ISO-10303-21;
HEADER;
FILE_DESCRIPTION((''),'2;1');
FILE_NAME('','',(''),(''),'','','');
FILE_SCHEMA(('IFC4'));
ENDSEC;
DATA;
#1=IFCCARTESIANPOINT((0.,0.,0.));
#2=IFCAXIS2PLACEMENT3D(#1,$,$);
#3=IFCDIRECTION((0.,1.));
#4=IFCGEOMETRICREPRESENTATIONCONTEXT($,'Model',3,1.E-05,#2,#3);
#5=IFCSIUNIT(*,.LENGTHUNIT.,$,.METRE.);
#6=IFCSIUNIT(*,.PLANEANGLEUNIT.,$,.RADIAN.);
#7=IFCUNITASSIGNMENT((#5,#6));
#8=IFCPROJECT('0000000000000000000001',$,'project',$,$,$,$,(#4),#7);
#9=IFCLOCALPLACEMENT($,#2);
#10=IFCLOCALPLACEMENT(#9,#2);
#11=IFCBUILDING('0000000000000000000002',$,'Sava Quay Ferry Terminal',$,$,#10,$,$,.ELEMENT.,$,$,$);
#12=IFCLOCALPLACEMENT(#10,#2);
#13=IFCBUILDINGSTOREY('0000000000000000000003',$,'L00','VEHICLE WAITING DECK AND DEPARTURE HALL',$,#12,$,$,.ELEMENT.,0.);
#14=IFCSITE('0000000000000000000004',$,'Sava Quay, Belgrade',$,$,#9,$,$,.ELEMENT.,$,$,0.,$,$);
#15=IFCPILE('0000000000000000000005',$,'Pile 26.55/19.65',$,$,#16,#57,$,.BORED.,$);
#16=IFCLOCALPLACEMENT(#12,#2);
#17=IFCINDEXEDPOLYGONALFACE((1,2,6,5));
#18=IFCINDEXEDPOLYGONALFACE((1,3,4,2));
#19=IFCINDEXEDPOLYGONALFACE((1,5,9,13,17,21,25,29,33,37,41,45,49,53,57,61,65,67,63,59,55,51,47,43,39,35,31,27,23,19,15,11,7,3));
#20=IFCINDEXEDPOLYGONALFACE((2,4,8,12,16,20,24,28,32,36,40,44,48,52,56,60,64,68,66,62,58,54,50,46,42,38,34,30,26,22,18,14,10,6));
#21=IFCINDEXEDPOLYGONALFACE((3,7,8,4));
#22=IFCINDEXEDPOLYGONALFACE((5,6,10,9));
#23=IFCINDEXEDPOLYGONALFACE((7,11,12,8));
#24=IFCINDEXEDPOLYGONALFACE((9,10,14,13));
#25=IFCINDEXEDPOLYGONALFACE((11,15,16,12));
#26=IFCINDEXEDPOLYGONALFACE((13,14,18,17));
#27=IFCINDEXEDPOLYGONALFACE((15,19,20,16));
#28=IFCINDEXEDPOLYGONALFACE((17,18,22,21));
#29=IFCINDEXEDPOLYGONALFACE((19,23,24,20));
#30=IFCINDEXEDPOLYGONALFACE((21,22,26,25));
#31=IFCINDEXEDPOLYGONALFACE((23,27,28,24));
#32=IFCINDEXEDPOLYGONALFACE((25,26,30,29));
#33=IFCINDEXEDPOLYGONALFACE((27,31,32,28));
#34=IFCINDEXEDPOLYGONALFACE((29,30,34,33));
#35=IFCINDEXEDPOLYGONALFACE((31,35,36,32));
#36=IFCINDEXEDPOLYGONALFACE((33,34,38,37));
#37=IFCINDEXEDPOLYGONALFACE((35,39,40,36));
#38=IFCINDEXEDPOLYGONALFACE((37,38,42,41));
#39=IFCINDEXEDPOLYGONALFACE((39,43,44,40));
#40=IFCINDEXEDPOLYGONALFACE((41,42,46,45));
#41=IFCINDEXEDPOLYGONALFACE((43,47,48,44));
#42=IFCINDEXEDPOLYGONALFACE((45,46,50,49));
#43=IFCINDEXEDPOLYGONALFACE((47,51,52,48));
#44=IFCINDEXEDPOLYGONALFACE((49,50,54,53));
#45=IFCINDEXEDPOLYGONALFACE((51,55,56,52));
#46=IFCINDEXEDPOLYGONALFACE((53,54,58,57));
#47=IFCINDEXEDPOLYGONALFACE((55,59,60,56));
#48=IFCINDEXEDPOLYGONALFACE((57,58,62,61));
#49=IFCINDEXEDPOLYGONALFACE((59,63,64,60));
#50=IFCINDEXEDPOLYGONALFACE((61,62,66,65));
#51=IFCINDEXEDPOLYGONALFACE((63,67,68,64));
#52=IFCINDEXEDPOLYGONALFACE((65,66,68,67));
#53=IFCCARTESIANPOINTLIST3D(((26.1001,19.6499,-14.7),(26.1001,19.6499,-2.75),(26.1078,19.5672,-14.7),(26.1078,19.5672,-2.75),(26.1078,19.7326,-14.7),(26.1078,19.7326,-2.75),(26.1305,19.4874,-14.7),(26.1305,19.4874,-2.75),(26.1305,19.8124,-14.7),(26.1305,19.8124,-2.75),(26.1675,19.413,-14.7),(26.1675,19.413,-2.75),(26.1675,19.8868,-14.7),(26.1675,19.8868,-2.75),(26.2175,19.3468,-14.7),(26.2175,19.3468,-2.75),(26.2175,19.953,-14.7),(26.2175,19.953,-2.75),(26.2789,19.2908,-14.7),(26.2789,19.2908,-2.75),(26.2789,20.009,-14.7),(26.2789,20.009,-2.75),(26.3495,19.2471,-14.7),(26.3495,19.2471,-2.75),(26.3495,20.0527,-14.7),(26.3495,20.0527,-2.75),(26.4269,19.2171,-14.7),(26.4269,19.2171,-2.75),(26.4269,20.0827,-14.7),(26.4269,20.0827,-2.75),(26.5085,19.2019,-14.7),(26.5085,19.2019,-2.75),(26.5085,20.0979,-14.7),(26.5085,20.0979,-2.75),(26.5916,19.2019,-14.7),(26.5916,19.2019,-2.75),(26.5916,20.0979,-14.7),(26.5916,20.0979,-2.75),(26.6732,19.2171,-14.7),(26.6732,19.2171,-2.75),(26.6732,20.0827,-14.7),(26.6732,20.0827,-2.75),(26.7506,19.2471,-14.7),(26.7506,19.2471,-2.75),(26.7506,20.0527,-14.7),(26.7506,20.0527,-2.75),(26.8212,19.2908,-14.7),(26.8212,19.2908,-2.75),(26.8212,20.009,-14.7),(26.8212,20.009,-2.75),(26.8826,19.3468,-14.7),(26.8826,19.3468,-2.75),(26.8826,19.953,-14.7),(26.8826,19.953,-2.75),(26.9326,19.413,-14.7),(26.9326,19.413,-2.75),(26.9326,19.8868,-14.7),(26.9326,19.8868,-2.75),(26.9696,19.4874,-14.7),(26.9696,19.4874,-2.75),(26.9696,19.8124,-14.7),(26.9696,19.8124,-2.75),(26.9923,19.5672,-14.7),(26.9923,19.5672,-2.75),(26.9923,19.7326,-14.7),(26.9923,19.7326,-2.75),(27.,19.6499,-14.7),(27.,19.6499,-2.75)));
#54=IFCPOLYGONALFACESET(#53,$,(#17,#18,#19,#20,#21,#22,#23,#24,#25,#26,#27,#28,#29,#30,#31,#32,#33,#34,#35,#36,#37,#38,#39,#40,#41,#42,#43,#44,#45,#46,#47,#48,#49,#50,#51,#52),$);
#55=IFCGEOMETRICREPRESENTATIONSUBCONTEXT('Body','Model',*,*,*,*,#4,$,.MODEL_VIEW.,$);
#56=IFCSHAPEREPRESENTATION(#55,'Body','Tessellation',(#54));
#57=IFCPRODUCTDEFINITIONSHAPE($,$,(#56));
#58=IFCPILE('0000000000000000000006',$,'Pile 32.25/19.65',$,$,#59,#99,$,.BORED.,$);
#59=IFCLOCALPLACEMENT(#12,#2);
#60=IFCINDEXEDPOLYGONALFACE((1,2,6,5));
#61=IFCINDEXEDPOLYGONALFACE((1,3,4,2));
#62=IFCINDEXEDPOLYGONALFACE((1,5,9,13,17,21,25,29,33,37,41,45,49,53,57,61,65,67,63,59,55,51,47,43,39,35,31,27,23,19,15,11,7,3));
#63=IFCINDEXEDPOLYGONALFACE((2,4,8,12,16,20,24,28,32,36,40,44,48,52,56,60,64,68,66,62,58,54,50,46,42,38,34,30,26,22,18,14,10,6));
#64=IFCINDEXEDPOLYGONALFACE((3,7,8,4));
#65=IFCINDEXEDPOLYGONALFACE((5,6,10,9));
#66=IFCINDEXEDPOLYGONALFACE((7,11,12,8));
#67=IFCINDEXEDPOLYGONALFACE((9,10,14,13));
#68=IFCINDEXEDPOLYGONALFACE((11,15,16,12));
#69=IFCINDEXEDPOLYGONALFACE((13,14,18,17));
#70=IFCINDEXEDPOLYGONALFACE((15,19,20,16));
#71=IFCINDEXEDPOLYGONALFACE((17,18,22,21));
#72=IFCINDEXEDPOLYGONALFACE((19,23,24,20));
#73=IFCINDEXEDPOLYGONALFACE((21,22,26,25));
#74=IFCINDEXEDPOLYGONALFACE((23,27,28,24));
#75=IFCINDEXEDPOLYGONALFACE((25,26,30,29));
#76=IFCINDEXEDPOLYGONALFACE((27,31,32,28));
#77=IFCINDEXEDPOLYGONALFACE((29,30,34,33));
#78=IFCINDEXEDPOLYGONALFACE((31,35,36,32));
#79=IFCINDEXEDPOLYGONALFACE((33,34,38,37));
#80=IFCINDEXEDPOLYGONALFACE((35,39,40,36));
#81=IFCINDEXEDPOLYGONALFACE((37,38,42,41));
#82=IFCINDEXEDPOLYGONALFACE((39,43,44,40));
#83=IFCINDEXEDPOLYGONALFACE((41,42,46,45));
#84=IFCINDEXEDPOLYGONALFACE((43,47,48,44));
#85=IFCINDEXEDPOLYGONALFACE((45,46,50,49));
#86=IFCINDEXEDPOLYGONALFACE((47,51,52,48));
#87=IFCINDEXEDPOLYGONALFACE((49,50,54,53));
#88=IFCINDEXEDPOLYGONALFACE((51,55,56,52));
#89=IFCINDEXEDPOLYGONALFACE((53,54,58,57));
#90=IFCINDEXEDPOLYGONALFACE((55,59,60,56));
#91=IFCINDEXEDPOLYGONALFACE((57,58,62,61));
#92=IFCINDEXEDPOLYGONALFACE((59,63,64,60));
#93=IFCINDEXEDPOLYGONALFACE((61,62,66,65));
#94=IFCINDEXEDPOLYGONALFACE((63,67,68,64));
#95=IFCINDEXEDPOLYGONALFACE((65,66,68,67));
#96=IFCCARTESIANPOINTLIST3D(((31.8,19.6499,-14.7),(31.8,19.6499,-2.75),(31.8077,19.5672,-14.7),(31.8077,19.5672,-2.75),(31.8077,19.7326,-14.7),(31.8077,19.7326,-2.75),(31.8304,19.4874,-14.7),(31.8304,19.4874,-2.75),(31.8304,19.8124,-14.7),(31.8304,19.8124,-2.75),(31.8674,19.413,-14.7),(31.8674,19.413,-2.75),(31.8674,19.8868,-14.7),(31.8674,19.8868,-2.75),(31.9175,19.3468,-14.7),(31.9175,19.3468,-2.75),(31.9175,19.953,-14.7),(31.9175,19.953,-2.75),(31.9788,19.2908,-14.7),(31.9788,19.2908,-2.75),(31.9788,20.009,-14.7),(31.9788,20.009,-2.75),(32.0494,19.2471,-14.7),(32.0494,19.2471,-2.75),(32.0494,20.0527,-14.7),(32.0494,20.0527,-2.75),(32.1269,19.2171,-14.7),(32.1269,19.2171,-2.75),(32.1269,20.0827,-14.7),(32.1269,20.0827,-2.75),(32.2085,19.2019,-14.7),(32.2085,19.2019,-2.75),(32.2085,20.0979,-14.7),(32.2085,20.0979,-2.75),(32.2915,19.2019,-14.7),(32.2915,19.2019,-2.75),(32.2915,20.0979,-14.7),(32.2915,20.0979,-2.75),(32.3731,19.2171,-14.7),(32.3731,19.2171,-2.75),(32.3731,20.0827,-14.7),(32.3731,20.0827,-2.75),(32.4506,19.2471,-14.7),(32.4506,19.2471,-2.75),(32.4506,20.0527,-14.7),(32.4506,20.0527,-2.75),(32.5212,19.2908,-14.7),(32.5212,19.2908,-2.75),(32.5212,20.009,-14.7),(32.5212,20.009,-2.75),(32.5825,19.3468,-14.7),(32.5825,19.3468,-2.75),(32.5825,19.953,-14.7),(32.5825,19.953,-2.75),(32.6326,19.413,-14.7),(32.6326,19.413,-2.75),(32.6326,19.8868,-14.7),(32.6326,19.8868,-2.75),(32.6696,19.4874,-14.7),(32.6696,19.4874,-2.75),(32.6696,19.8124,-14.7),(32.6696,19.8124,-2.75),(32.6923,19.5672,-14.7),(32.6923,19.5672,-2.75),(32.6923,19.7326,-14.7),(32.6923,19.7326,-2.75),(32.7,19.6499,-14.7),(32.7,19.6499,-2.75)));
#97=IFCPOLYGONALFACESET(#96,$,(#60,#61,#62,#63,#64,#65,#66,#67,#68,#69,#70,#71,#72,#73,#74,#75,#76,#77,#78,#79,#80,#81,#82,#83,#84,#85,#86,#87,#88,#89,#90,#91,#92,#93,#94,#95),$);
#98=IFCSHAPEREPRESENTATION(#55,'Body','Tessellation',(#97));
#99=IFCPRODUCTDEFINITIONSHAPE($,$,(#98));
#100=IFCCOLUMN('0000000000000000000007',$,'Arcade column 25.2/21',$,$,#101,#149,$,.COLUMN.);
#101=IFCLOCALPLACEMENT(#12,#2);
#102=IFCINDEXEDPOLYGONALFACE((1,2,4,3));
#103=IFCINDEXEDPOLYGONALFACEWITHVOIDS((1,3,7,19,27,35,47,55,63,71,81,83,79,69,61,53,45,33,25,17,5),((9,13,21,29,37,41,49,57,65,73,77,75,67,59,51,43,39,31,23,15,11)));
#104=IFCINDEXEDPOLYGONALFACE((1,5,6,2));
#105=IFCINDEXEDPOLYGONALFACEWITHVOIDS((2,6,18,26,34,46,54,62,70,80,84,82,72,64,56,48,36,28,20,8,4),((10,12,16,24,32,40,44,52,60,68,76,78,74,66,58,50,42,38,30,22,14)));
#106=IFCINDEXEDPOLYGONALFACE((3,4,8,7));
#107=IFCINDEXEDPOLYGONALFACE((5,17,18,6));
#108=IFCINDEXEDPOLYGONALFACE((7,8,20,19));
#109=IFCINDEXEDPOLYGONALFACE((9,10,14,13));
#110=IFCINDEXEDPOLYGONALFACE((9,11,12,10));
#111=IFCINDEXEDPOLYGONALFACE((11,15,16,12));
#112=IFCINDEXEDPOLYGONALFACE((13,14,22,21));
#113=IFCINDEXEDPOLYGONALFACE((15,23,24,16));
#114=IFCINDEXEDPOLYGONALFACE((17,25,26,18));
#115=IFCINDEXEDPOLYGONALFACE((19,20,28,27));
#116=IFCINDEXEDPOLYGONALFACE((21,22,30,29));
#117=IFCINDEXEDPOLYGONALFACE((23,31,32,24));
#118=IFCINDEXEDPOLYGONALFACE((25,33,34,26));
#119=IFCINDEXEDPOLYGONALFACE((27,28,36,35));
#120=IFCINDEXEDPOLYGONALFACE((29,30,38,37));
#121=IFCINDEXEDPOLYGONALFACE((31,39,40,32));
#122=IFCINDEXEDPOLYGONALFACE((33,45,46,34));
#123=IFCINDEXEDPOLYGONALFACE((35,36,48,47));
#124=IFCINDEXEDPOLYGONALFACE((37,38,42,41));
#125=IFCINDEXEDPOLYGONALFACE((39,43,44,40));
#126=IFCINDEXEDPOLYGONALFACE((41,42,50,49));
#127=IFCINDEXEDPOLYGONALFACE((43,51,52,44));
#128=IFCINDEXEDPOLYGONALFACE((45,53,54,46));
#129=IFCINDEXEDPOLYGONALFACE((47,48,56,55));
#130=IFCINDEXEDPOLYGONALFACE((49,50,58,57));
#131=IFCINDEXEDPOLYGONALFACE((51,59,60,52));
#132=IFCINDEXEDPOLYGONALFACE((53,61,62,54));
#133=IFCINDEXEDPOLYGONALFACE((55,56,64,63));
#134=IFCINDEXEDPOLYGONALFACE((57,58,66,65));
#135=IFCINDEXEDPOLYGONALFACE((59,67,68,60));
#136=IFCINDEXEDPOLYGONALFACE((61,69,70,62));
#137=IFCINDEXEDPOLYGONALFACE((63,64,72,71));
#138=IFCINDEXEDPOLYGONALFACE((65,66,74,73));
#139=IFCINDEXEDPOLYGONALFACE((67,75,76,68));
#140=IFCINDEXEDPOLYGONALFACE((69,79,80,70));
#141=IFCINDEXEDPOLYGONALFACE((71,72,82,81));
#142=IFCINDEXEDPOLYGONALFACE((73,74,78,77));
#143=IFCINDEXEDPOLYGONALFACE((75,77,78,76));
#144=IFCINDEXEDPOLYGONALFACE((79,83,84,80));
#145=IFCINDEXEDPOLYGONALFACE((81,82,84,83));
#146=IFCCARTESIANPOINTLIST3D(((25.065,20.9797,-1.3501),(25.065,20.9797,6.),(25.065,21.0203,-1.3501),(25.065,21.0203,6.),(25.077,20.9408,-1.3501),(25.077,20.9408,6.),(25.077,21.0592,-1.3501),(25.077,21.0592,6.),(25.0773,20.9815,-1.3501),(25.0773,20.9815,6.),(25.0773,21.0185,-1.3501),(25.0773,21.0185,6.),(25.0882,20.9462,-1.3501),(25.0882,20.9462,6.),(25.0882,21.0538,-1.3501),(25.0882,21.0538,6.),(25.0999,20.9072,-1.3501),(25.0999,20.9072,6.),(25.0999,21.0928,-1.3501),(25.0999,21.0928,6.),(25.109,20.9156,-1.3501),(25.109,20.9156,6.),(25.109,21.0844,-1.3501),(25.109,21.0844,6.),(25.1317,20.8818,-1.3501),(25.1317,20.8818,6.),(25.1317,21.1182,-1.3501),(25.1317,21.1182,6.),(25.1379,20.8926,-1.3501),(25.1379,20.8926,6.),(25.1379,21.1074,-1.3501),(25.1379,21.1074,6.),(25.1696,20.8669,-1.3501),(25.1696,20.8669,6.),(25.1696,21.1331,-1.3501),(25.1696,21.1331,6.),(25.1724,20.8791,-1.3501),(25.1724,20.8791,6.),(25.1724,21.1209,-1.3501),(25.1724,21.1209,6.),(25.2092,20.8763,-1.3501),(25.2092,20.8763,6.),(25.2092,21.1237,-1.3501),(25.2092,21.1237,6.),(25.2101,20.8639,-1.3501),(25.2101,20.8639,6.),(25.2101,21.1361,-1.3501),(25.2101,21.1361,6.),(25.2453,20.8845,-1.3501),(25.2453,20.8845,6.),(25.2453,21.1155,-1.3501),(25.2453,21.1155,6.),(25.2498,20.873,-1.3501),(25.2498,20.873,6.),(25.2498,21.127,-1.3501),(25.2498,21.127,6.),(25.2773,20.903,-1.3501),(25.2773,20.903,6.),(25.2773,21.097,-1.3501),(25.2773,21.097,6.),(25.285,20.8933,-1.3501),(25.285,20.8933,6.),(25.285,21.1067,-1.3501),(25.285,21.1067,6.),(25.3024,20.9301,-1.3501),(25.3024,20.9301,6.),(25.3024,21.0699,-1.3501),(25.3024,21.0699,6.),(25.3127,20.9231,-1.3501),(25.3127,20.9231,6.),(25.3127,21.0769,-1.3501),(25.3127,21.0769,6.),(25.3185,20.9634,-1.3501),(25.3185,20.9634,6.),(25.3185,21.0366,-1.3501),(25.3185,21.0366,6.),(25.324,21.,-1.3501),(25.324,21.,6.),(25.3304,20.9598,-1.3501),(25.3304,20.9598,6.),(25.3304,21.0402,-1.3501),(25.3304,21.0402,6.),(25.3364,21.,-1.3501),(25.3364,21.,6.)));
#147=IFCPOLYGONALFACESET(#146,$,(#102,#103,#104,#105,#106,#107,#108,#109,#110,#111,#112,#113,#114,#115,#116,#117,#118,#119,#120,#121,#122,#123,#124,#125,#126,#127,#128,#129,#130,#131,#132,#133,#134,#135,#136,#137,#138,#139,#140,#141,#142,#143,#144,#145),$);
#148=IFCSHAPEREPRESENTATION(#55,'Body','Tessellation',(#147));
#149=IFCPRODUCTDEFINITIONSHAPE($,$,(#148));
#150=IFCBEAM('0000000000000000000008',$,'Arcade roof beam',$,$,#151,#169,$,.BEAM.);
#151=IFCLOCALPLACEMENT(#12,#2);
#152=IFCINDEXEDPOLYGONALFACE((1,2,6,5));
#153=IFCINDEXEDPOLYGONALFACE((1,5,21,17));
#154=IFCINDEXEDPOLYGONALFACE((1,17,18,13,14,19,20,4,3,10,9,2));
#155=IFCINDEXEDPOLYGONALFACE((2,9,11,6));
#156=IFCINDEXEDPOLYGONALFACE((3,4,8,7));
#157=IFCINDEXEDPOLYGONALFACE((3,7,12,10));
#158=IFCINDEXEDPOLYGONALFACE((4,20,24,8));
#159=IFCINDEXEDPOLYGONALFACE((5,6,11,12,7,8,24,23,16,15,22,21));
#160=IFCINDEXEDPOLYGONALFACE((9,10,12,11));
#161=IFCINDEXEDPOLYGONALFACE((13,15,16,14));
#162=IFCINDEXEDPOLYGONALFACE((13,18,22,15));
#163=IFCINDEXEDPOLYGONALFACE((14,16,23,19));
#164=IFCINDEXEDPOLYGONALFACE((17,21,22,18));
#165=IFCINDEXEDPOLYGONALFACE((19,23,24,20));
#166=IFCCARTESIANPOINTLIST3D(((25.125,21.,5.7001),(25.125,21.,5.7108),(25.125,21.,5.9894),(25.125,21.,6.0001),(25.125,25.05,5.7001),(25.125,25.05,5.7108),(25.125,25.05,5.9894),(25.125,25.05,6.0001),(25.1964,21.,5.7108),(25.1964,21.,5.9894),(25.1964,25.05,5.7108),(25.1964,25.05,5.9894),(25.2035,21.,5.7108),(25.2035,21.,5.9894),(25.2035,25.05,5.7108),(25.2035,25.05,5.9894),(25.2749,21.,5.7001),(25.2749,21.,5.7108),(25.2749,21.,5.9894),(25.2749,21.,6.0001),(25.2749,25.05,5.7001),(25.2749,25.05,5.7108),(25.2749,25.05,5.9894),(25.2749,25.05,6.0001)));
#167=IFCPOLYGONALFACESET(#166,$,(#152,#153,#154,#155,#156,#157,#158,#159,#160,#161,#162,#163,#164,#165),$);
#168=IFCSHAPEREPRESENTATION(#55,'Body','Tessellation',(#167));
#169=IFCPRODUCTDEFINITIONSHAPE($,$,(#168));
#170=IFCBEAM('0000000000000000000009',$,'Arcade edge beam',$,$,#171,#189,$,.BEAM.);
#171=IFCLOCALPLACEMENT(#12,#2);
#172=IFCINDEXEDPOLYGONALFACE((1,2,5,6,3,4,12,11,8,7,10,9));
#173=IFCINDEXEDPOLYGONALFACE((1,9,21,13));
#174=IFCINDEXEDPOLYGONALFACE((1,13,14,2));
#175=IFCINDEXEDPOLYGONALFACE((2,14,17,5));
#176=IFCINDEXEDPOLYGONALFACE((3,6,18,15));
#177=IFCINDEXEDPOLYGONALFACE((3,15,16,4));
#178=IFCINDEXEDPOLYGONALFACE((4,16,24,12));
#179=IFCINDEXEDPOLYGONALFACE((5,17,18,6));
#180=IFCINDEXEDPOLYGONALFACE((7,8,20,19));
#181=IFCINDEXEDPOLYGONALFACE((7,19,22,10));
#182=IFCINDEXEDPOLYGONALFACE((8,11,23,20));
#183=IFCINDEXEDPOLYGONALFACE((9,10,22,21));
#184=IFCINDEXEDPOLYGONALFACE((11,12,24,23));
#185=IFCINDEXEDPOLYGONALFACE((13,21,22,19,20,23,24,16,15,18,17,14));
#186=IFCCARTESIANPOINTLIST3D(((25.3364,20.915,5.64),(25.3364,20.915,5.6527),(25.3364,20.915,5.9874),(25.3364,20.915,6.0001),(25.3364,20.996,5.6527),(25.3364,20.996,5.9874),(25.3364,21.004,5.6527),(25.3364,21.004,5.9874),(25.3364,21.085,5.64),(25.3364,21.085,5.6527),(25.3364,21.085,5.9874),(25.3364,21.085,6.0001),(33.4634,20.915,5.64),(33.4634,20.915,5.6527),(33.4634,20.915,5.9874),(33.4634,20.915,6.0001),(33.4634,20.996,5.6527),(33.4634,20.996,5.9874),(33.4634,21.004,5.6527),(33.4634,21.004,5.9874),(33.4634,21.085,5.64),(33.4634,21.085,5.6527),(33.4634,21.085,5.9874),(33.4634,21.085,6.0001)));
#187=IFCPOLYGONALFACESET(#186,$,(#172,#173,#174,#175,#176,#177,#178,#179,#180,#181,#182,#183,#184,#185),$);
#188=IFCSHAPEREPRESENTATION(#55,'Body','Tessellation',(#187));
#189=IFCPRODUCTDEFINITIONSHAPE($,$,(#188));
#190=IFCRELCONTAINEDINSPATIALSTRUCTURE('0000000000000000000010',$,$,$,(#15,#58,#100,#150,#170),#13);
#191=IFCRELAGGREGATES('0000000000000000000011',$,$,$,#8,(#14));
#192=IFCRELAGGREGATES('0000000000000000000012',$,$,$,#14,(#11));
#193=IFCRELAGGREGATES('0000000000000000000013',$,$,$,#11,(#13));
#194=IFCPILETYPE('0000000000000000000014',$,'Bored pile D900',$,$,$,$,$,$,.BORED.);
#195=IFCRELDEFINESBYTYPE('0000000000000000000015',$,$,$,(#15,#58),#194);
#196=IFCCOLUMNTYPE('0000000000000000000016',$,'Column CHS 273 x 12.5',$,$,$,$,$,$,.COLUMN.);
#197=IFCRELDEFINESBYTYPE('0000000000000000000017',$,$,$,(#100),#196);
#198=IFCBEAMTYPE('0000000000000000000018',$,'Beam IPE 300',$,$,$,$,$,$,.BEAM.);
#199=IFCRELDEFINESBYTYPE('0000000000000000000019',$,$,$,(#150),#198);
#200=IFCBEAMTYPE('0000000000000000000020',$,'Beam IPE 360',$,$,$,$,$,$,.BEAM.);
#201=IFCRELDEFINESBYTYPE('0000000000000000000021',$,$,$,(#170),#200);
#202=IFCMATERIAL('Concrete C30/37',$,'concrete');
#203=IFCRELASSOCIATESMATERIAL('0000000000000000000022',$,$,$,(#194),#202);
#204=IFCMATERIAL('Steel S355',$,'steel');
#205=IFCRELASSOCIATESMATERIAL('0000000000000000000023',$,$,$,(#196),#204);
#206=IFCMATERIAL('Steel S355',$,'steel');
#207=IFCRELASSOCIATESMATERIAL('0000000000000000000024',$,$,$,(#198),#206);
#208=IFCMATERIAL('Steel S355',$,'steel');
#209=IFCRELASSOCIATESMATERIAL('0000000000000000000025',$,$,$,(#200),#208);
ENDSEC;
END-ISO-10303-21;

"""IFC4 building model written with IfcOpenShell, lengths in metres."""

from ifc_helpers import new_model, si_unit, direction, frame, origin, origin_2d, place, context, subcontext, project, spatial, circle, hollow_circle, i_section, extrude, material, material_profile, profile_set, type_object, element, save


model = new_model("IFC4")

# Units and contexts
model_context = context("Model", 3, precision=1e-05, world=origin(), true_north=direction((0.0, 1.0)))
body_context = subcontext(model_context, "Body", "Model", "MODEL_VIEW")
ifc_project = project(units=[si_unit("LENGTHUNIT", "METRE"), si_unit("PLANEANGLEUNIT", "RADIAN")], contexts=[model_context])

# Site, building, storey
site_placement = place(None, origin())
site = spatial("IfcSite", under=ifc_project, at=site_placement, Name="Sava Quay, Belgrade", CompositionType="ELEMENT", RefElevation=0.0)
building_placement = place(site_placement, origin())
building = spatial("IfcBuilding", under=site, at=building_placement, Name="Sava Quay Ferry Terminal", CompositionType="ELEMENT")
storey_placement = place(building_placement, origin())
storey = spatial("IfcBuildingStorey", under=building, at=storey_placement, Name="L00", Description="VEHICLE WAITING DECK AND DEPARTURE HALL", CompositionType="ELEMENT", Elevation=0.0)

# Piles
ifc_material_1 = material(Name="Concrete C30/37", Category="concrete")
ifc_material_profile_1 = material_profile(ifc_material_1, circle(Radius=0.45, at=origin_2d()), Name="Bored pile D900")
ifc_profile_set_1 = profile_set([ifc_material_profile_1], Name="Concrete C30/37")
pile_type = type_object("IfcPileType", Name="Bored pile D900", PredefinedType="BORED", material=ifc_profile_set_1)
for number, where, z_axis, x_axis, name in (
    (1, (26.55, 19.6499, -2.75), (0.0, 0.0, -1.0), (1.0, 0.0, 0.0), "Pile 26.55/19.65"),
    (2, (32.25, 19.6499, -2.75), (0.0, 0.0, -1.0), (1.0, 0.0, 0.0), "Pile 32.25/19.65"),
):
    element("IfcPile", number, at=place(storey_placement, frame(where, z_axis=z_axis, x_axis=x_axis)), inside=storey, type_object=pile_type, Name=name, PredefinedType="BORED", context=body_context, shape_type="SweptSolid", body=[
        extrude(circle(Radius=0.45, at=origin_2d()), origin(), (0.0, 0.0, 1.0), 11.95),
    ])

# Column
ifc_material_2 = material(Name="Steel S355", Category="steel")
ifc_material_profile_2 = material_profile(ifc_material_2, hollow_circle(Radius=0.1365, WallThickness=0.0125, at=origin_2d()), Name="CHS 273 x 12.5")
ifc_profile_set_2 = profile_set([ifc_material_profile_2], Name="Steel S355")
column_type = type_object("IfcColumnType", Name="Column CHS 273 x 12.5", PredefinedType="COLUMN", material=ifc_profile_set_2)
column_placement = place(storey_placement, frame((25.2, 21.0, -1.3501), z_axis=(0.0, 0.0, 1.0), x_axis=(1.0, 0.0, 0.0)))
element("IfcColumn", 3, at=column_placement, inside=storey, type_object=column_type, Name="Arcade column 25.2/21", PredefinedType="COLUMN", context=body_context, shape_type="SweptSolid", body=[
    extrude(hollow_circle(Radius=0.1365, WallThickness=0.0125, at=origin_2d()), origin(), (0.0, 0.0, 1.0), 7.3501),
])

# Beams
ifc_material_3 = material(Name="Steel S355", Category="steel")
ifc_material_profile_3 = material_profile(ifc_material_3, i_section(OverallWidth=0.1499, OverallDepth=0.3, WebThickness=0.0071, FlangeThickness=0.0107, at=origin_2d()), Name="IPE 300")
ifc_profile_set_3 = profile_set([ifc_material_profile_3], Name="Steel S355")
beam_type_1 = type_object("IfcBeamType", Name="Beam IPE 300", PredefinedType="BEAM", material=ifc_profile_set_3)
beam_1_placement = place(storey_placement, frame((25.2, 21.0, 5.8501), z_axis=(0.0, 1.0, 0.0), x_axis=(-1.0, 0.0, 0.0)))
element("IfcBeam", 4, at=beam_1_placement, inside=storey, type_object=beam_type_1, Name="Arcade roof beam", PredefinedType="BEAM", context=body_context, shape_type="SweptSolid", body=[
    extrude(i_section(OverallWidth=0.1499, OverallDepth=0.3, WebThickness=0.0071, FlangeThickness=0.0107, at=origin_2d()), origin(), (0.0, 0.0, 1.0), 4.05),
])
ifc_material_4 = material(Name="Steel S355", Category="steel")
ifc_material_profile_4 = material_profile(ifc_material_4, i_section(OverallWidth=0.1699, OverallDepth=0.3601, WebThickness=0.0081, FlangeThickness=0.0127, at=origin_2d()), Name="IPE 360")
ifc_profile_set_4 = profile_set([ifc_material_profile_4], Name="Steel S355")
beam_type_2 = type_object("IfcBeamType", Name="Beam IPE 360", PredefinedType="BEAM", material=ifc_profile_set_4)
beam_2_placement = place(storey_placement, frame((25.3364, 21.0, 5.8201), z_axis=(1.0, 0.0, 0.0), x_axis=(0.0, 1.0, 0.0)))
element("IfcBeam", 5, at=beam_2_placement, inside=storey, type_object=beam_type_2, Name="Arcade edge beam", PredefinedType="BEAM", context=body_context, shape_type="SweptSolid", body=[
    extrude(i_section(OverallWidth=0.1699, OverallDepth=0.3601, WebThickness=0.0081, FlangeThickness=0.0127, at=origin_2d()), origin(), (0.0, 0.0, 1.0), 8.127),
])

save(model, "model.ifc")
